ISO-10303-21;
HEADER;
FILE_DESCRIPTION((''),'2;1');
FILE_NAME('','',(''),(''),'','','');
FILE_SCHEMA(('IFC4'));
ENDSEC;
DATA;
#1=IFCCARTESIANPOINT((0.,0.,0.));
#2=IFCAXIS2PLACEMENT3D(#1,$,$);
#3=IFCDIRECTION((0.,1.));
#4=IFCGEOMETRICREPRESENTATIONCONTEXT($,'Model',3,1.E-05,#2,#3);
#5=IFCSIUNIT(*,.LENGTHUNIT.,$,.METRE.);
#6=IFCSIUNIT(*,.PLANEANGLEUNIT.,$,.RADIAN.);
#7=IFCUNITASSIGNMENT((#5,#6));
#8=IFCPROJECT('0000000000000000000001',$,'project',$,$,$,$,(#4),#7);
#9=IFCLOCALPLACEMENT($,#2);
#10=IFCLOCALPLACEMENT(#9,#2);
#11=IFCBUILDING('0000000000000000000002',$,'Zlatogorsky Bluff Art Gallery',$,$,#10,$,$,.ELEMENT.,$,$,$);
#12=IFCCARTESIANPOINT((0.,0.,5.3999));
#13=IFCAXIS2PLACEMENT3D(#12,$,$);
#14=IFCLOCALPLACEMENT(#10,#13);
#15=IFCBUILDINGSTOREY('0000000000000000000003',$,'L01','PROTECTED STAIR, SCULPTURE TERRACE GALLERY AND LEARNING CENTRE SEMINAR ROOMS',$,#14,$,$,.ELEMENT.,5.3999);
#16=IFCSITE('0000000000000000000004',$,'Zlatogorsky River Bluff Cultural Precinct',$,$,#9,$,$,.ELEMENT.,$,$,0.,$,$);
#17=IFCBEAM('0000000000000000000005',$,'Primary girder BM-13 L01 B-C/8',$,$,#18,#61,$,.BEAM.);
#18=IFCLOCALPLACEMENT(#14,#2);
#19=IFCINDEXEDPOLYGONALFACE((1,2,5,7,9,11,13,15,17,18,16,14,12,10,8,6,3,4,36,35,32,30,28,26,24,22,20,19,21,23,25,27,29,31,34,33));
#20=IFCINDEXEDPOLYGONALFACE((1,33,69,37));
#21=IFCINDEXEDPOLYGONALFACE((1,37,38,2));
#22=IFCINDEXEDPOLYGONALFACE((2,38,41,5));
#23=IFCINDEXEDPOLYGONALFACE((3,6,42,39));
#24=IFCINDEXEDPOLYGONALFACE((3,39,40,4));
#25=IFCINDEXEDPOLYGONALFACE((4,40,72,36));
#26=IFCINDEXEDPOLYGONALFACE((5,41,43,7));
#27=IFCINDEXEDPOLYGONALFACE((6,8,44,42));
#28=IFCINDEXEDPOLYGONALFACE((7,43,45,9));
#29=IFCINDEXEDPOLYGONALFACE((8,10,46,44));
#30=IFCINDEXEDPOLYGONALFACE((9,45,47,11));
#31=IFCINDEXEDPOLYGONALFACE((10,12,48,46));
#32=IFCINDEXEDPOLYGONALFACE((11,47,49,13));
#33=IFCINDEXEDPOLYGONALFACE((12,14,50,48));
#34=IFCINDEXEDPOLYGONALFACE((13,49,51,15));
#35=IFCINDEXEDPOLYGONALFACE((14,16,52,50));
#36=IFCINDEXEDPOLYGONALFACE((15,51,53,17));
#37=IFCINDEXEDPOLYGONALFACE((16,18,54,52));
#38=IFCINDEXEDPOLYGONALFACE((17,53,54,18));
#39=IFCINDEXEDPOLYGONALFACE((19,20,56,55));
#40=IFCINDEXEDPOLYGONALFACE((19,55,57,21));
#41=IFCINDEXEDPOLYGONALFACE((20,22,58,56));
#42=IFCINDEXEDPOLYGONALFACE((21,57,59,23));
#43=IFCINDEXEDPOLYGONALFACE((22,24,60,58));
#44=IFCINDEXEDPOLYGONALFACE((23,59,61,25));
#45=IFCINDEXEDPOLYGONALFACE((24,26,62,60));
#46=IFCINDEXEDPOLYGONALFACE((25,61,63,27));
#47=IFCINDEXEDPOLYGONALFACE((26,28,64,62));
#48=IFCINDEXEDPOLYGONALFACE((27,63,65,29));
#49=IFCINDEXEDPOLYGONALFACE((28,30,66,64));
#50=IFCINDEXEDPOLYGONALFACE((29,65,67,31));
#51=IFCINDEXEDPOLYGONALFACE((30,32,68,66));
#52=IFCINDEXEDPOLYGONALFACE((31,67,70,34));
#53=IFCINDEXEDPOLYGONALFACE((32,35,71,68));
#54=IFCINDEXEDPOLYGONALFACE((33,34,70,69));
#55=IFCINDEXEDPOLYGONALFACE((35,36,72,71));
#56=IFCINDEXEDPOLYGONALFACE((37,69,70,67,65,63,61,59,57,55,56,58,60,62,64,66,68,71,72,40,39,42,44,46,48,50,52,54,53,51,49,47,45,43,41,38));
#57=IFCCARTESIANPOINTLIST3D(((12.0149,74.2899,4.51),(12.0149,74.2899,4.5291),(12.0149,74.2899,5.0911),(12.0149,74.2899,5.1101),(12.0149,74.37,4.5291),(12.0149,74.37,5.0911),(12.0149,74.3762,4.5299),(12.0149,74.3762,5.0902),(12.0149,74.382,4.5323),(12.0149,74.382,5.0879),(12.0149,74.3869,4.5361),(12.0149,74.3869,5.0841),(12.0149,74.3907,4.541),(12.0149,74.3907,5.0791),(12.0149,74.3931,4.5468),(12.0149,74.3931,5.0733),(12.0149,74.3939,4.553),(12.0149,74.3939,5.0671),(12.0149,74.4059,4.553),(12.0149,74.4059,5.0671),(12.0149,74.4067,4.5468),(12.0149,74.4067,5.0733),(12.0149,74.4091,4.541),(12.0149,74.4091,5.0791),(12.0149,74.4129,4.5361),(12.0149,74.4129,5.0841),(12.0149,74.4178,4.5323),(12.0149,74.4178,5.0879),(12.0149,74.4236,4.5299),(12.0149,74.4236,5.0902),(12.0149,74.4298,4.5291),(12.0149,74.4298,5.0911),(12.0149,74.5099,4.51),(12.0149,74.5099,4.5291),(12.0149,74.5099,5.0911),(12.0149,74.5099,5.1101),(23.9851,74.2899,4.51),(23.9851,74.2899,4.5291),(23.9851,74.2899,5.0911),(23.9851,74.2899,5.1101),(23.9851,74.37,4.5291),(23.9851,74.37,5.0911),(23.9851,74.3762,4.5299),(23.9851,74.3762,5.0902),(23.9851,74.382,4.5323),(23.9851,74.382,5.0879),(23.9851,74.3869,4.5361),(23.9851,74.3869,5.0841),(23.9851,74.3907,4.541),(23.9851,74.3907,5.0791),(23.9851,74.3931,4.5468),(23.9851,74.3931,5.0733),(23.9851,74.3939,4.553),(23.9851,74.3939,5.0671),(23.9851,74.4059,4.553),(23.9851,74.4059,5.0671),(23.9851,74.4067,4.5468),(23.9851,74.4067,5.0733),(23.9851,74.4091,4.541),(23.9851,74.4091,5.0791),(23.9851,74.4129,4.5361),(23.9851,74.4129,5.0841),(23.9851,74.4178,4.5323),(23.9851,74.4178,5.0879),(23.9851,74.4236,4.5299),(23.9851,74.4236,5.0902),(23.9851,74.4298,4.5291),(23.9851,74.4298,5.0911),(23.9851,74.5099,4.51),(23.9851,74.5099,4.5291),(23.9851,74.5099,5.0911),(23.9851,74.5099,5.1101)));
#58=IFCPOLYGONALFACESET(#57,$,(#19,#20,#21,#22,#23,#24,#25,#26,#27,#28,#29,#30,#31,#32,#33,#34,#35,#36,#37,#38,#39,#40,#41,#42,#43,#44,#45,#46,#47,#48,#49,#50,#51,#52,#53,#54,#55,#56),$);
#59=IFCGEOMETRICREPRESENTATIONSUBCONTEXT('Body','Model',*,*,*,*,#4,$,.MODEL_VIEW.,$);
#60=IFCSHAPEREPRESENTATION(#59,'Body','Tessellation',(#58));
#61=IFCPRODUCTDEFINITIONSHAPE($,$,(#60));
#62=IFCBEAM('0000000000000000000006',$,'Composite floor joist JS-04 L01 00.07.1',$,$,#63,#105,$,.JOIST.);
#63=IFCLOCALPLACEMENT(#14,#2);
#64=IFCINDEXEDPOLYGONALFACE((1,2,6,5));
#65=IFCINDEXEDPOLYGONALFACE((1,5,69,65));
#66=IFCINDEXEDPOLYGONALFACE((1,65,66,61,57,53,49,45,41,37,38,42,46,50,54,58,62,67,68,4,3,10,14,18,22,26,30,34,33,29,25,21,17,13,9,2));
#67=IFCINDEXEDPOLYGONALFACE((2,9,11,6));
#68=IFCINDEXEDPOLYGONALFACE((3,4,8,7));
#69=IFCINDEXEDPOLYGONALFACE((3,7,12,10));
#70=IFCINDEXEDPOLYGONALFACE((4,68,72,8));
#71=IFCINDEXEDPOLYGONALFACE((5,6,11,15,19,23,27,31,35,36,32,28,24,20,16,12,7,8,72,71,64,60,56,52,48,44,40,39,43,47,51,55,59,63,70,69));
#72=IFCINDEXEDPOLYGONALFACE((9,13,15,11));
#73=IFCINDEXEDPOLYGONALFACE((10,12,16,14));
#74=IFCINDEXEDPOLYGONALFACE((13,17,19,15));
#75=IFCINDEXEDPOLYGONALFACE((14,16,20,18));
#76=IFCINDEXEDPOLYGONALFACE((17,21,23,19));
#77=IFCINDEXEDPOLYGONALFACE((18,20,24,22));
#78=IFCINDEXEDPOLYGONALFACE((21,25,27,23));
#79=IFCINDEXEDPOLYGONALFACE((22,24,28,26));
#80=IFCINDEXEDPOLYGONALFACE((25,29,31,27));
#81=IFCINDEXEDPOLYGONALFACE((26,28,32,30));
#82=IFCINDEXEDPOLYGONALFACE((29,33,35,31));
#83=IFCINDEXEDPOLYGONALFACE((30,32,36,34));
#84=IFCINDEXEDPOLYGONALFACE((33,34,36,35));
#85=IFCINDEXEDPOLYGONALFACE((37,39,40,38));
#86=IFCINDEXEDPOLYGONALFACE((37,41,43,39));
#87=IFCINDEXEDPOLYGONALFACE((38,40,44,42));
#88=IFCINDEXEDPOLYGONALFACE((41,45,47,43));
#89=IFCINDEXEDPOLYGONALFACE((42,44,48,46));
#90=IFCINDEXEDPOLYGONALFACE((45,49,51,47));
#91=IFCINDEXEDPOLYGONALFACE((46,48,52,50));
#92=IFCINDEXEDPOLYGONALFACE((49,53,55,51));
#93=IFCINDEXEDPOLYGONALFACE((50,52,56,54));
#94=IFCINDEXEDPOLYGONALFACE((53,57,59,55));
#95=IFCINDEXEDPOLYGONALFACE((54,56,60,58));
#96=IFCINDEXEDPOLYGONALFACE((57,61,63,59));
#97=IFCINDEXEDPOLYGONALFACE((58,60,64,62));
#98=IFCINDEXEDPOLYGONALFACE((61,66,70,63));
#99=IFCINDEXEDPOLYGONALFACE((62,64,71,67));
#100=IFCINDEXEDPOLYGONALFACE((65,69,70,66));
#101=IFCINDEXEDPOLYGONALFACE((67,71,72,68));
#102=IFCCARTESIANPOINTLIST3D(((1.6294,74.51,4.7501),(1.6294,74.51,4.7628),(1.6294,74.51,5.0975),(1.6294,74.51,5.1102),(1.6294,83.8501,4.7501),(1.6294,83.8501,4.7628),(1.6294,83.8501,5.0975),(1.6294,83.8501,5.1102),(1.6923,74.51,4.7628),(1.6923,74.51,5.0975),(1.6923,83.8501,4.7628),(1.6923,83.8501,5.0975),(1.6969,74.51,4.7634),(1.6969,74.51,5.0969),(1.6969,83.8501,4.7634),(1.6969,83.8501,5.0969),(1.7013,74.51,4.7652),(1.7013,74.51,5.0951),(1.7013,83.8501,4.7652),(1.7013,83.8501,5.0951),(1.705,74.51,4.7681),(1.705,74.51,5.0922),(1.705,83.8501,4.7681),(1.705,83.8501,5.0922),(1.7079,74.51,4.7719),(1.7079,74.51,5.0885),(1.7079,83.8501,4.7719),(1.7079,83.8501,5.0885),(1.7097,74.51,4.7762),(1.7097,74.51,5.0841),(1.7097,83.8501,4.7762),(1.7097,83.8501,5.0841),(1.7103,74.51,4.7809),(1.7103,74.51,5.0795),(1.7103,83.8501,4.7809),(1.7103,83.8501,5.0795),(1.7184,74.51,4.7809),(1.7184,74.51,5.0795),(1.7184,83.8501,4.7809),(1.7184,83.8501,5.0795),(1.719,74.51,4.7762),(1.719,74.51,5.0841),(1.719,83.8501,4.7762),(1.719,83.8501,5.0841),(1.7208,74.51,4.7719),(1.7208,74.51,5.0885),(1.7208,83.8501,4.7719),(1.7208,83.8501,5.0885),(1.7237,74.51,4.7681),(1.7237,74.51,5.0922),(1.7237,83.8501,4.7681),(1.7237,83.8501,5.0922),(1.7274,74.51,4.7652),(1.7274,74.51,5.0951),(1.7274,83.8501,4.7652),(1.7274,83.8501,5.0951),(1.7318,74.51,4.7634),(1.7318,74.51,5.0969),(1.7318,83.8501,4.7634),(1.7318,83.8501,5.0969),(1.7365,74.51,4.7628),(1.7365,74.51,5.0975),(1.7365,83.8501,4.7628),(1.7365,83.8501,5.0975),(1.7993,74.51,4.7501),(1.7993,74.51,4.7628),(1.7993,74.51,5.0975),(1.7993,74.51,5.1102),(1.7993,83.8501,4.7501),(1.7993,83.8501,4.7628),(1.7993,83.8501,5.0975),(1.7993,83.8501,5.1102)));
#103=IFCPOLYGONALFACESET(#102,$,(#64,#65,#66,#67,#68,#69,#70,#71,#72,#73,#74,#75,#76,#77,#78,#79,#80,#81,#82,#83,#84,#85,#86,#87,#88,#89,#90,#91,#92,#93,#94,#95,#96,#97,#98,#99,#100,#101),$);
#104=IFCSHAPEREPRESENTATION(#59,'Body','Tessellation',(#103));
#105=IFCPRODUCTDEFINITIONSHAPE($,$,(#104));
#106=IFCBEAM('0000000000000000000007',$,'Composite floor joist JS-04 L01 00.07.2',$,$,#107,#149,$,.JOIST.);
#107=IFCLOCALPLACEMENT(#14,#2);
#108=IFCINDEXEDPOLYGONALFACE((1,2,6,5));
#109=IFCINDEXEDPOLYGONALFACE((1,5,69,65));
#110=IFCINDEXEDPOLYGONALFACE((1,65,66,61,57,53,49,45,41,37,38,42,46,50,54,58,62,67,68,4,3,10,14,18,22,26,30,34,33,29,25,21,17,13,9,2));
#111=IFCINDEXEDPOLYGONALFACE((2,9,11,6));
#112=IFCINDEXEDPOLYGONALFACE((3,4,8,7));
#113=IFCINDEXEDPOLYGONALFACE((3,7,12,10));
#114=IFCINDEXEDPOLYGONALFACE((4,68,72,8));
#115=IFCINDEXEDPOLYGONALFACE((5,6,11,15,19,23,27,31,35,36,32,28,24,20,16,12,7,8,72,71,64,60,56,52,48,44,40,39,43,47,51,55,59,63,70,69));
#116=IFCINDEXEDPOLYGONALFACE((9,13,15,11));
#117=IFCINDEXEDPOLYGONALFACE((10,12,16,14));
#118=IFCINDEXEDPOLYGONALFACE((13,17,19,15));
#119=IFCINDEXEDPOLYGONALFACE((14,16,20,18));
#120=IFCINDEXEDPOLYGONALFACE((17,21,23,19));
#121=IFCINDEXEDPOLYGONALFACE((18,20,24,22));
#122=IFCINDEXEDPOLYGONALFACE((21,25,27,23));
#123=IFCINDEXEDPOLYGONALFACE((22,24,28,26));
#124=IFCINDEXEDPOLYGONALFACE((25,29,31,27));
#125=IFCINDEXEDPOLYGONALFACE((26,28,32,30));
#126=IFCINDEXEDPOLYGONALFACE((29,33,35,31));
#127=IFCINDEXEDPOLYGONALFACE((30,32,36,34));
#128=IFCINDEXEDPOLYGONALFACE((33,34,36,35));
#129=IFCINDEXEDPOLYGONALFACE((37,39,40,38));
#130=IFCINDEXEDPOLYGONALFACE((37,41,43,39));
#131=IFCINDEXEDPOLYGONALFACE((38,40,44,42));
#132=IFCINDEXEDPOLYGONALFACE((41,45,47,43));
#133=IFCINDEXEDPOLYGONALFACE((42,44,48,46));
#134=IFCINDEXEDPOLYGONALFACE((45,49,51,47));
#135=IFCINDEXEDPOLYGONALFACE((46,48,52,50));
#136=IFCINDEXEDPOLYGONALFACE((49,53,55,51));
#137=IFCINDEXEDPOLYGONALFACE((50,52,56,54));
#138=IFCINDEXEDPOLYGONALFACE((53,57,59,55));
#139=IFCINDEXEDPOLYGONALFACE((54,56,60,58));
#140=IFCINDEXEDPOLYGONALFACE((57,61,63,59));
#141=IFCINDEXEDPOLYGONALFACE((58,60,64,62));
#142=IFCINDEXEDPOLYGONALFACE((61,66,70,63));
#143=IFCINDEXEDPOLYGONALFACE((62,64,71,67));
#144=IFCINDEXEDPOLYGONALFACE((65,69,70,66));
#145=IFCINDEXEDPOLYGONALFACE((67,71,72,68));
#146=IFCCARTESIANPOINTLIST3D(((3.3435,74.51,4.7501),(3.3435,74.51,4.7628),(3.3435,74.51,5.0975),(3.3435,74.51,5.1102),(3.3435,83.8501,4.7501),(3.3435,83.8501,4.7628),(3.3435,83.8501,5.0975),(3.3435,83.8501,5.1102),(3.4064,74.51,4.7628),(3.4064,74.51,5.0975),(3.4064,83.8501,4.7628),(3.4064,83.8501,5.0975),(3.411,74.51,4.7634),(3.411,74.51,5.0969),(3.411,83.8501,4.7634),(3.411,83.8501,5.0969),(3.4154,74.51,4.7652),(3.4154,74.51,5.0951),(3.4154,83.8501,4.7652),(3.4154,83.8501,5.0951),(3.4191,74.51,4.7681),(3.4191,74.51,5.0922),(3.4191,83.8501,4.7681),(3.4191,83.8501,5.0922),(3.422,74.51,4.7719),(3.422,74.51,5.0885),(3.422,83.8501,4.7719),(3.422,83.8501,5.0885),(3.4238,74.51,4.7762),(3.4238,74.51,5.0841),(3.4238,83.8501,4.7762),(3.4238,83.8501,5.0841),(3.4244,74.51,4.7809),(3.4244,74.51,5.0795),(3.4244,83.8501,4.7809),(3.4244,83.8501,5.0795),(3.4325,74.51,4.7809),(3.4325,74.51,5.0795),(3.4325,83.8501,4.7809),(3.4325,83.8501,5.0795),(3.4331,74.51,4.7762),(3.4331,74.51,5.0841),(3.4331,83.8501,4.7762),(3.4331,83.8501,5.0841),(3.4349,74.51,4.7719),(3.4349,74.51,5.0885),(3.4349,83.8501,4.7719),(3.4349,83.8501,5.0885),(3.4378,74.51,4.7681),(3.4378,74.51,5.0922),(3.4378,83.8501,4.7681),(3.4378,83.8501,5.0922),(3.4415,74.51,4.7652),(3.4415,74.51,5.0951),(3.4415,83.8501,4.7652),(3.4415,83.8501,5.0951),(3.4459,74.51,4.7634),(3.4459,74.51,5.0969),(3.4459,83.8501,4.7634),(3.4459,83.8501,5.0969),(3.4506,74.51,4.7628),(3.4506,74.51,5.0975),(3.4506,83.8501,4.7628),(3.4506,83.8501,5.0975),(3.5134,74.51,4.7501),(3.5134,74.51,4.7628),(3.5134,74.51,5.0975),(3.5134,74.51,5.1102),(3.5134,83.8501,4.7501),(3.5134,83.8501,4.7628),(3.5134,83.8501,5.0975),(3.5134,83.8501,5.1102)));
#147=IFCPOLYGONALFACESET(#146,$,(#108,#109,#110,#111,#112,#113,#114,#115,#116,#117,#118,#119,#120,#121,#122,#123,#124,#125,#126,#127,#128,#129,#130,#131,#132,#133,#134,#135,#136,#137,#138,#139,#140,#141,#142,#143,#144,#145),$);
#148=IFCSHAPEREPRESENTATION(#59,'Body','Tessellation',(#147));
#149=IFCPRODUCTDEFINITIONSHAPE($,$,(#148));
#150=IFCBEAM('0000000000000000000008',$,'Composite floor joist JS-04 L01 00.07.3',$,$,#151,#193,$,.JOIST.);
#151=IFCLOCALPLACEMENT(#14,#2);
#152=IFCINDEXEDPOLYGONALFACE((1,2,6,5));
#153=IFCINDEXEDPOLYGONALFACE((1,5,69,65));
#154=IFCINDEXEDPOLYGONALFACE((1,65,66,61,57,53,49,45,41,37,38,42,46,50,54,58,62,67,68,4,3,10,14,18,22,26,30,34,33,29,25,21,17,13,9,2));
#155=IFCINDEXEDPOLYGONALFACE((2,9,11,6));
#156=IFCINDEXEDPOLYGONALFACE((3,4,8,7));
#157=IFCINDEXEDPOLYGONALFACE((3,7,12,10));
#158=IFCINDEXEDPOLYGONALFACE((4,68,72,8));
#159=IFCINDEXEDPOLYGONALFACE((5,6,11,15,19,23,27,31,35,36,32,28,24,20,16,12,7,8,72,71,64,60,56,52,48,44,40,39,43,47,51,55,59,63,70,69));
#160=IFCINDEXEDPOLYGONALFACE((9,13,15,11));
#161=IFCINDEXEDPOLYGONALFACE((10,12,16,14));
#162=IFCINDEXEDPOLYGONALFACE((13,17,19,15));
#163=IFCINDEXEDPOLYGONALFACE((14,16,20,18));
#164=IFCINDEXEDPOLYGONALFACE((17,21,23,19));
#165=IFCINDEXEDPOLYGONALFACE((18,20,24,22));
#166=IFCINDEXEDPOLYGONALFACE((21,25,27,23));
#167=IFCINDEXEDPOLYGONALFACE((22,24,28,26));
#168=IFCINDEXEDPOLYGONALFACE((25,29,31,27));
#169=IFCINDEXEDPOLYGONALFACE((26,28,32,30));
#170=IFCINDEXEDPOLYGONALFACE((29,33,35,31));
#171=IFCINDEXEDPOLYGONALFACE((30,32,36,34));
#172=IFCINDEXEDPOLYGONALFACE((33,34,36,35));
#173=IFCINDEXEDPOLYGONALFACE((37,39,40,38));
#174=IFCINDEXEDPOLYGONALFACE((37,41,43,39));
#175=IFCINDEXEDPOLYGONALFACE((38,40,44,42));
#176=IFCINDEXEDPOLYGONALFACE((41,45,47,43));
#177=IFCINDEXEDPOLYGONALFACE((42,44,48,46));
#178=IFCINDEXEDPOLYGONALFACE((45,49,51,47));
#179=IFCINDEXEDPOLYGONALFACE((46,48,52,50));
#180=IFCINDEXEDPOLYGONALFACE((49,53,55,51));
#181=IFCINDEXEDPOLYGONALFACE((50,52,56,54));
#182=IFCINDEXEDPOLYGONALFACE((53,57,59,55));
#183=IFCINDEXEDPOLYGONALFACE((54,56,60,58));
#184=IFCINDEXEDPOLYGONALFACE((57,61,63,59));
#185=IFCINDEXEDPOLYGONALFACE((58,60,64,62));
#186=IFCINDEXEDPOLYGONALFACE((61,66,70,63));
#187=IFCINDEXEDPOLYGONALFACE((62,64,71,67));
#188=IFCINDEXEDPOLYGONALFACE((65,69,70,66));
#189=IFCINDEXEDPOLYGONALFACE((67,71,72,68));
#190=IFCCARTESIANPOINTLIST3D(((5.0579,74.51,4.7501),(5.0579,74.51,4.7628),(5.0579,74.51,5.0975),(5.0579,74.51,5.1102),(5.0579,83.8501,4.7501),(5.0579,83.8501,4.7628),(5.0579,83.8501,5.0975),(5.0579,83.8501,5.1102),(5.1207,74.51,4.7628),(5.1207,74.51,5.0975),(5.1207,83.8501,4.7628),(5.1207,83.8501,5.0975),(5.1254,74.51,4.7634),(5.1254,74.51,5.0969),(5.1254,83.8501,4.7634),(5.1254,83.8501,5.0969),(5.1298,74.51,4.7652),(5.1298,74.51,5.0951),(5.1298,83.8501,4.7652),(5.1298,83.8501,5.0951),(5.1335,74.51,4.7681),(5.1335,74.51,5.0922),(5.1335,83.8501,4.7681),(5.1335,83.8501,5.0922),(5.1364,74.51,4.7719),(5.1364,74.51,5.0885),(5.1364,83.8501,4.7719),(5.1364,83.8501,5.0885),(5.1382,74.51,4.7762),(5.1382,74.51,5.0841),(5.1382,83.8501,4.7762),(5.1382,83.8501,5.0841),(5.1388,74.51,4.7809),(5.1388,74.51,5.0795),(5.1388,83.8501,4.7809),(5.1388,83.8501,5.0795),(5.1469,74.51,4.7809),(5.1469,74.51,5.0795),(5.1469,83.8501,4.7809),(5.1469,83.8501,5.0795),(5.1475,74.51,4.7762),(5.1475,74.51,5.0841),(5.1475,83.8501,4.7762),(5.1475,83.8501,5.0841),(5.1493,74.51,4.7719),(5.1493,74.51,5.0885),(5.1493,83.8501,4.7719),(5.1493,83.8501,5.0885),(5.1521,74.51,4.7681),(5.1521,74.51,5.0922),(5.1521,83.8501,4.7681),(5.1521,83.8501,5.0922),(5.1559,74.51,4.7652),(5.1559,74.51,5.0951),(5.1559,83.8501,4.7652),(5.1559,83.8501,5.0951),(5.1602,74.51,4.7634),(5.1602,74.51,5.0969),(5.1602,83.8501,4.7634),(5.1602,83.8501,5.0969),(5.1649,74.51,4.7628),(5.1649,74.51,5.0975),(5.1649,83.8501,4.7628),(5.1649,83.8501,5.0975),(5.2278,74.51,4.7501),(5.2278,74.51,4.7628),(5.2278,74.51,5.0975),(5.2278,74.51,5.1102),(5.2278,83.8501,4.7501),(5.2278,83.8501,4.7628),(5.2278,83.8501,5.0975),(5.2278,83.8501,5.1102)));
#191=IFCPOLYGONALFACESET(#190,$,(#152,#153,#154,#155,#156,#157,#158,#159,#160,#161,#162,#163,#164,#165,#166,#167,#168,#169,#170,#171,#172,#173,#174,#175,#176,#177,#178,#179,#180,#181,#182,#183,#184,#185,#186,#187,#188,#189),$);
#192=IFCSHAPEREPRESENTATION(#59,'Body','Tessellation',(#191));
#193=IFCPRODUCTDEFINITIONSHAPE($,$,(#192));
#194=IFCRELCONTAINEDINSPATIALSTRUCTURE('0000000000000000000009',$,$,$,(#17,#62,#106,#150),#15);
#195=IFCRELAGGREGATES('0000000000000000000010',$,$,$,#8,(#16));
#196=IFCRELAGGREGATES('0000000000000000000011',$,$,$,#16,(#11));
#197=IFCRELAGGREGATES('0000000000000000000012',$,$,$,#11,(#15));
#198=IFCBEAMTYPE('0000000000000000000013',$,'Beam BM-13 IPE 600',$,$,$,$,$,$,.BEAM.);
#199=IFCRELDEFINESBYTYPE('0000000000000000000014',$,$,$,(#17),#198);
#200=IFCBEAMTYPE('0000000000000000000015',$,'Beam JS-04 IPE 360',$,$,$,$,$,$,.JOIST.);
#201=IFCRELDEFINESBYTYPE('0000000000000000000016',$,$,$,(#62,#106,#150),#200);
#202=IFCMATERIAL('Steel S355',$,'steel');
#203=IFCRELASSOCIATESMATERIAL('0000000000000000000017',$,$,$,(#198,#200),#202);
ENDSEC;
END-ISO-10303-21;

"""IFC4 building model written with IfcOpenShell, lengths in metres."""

from ifc_helpers import new_model, si_unit, direction, frame, origin, origin_2d, place, context, subcontext, project, spatial, i_section, extrude, material, material_profile, profile_set, type_object, element, save


model = new_model("IFC4")

# Units and contexts
model_context = context("Model", 3, precision=1e-05, world=origin(), true_north=direction((0.0, 1.0)))
body_context = subcontext(model_context, "Body", "Model", "MODEL_VIEW")
ifc_project = project(units=[si_unit("LENGTHUNIT", "METRE"), si_unit("PLANEANGLEUNIT", "RADIAN")], contexts=[model_context])

# Site, building, storey
site_placement = place(None, origin())
site = spatial("IfcSite", under=ifc_project, at=site_placement, Name="Zlatogorsky River Bluff Cultural Precinct", CompositionType="ELEMENT", RefElevation=0.0)
building_placement = place(site_placement, origin())
building = spatial("IfcBuilding", under=site, at=building_placement, Name="Zlatogorsky Bluff Art Gallery", CompositionType="ELEMENT")
storey_placement = place(building_placement, frame((0.0, 0.0, 5.3999)))
storey = spatial("IfcBuildingStorey", under=building, at=storey_placement, Name="L01", Description="PROTECTED STAIR, SCULPTURE TERRACE GALLERY AND LEARNING CENTRE SEMINAR ROOMS", CompositionType="ELEMENT", Elevation=5.3999)

# Shared definitions
ifc_material_1 = material(Name="Steel S355", Category="steel")

# Beams
ifc_material_profile_1 = material_profile(ifc_material_1, i_section(OverallWidth=0.22, OverallDepth=0.6001, WebThickness=0.012, FlangeThickness=0.019, FilletRadius=0.0239, at=origin_2d()), Name="IPE 600")
ifc_profile_set_1 = profile_set([ifc_material_profile_1], Name="Steel S355")
beam_type_1 = type_object("IfcBeamType", Name="Beam BM-13 IPE 600", PredefinedType="BEAM", material=ifc_profile_set_1)
for number, where, z_axis, x_axis, name in (
    (1, (12.0149, 74.3999, 4.8101), (1.0, 0.0, 0.0), (0.0, 1.0, 0.0), "Primary girder BM-13 L01 B-C/8"),
):
    element("IfcBeam", number, at=place(storey_placement, frame(where, z_axis=z_axis, x_axis=x_axis)), inside=storey, type_object=beam_type_1, Name=name, PredefinedType="BEAM", context=body_context, shape_type="SweptSolid", body=[
        extrude(i_section(OverallWidth=0.22, OverallDepth=0.6001, WebThickness=0.012, FlangeThickness=0.019, FilletRadius=0.0239, at=origin_2d()), origin(), (0.0, 0.0, 1.0), 11.9702),
    ])
ifc_material_profile_2 = material_profile(ifc_material_1, i_section(OverallWidth=0.1699, OverallDepth=0.3601, WebThickness=0.0081, FlangeThickness=0.0127, FilletRadius=0.0181, at=origin_2d()), Name="IPE 360")
ifc_profile_set_2 = profile_set([ifc_material_profile_2], Name="Steel S355")
beam_type_2 = type_object("IfcBeamType", Name="Beam JS-04 IPE 360", PredefinedType="JOIST", material=ifc_profile_set_2)
for number, where, z_axis, x_axis, name in (
    (2, (1.7144, 74.51, 4.9302), (0.0, 1.0, 0.0), (-1.0, 0.0, 0.0), "Composite floor joist JS-04 L01 00.07.1"),
    (3, (3.4285, 74.51, 4.9302), (0.0, 1.0, 0.0), (-1.0, 0.0, 0.0), "Composite floor joist JS-04 L01 00.07.2"),
    (4, (5.1428, 74.51, 4.9302), (0.0, 1.0, 0.0), (-1.0, 0.0, 0.0), "Composite floor joist JS-04 L01 00.07.3"),
):
    element("IfcBeam", number, at=place(storey_placement, frame(where, z_axis=z_axis, x_axis=x_axis)), inside=storey, type_object=beam_type_2, Name=name, PredefinedType="JOIST", context=body_context, shape_type="SweptSolid", body=[
        extrude(i_section(OverallWidth=0.1699, OverallDepth=0.3601, WebThickness=0.0081, FlangeThickness=0.0127, FilletRadius=0.0181, at=origin_2d()), origin(), (0.0, 0.0, 1.0), 9.3401),
    ])

save(model, "model.ifc")
